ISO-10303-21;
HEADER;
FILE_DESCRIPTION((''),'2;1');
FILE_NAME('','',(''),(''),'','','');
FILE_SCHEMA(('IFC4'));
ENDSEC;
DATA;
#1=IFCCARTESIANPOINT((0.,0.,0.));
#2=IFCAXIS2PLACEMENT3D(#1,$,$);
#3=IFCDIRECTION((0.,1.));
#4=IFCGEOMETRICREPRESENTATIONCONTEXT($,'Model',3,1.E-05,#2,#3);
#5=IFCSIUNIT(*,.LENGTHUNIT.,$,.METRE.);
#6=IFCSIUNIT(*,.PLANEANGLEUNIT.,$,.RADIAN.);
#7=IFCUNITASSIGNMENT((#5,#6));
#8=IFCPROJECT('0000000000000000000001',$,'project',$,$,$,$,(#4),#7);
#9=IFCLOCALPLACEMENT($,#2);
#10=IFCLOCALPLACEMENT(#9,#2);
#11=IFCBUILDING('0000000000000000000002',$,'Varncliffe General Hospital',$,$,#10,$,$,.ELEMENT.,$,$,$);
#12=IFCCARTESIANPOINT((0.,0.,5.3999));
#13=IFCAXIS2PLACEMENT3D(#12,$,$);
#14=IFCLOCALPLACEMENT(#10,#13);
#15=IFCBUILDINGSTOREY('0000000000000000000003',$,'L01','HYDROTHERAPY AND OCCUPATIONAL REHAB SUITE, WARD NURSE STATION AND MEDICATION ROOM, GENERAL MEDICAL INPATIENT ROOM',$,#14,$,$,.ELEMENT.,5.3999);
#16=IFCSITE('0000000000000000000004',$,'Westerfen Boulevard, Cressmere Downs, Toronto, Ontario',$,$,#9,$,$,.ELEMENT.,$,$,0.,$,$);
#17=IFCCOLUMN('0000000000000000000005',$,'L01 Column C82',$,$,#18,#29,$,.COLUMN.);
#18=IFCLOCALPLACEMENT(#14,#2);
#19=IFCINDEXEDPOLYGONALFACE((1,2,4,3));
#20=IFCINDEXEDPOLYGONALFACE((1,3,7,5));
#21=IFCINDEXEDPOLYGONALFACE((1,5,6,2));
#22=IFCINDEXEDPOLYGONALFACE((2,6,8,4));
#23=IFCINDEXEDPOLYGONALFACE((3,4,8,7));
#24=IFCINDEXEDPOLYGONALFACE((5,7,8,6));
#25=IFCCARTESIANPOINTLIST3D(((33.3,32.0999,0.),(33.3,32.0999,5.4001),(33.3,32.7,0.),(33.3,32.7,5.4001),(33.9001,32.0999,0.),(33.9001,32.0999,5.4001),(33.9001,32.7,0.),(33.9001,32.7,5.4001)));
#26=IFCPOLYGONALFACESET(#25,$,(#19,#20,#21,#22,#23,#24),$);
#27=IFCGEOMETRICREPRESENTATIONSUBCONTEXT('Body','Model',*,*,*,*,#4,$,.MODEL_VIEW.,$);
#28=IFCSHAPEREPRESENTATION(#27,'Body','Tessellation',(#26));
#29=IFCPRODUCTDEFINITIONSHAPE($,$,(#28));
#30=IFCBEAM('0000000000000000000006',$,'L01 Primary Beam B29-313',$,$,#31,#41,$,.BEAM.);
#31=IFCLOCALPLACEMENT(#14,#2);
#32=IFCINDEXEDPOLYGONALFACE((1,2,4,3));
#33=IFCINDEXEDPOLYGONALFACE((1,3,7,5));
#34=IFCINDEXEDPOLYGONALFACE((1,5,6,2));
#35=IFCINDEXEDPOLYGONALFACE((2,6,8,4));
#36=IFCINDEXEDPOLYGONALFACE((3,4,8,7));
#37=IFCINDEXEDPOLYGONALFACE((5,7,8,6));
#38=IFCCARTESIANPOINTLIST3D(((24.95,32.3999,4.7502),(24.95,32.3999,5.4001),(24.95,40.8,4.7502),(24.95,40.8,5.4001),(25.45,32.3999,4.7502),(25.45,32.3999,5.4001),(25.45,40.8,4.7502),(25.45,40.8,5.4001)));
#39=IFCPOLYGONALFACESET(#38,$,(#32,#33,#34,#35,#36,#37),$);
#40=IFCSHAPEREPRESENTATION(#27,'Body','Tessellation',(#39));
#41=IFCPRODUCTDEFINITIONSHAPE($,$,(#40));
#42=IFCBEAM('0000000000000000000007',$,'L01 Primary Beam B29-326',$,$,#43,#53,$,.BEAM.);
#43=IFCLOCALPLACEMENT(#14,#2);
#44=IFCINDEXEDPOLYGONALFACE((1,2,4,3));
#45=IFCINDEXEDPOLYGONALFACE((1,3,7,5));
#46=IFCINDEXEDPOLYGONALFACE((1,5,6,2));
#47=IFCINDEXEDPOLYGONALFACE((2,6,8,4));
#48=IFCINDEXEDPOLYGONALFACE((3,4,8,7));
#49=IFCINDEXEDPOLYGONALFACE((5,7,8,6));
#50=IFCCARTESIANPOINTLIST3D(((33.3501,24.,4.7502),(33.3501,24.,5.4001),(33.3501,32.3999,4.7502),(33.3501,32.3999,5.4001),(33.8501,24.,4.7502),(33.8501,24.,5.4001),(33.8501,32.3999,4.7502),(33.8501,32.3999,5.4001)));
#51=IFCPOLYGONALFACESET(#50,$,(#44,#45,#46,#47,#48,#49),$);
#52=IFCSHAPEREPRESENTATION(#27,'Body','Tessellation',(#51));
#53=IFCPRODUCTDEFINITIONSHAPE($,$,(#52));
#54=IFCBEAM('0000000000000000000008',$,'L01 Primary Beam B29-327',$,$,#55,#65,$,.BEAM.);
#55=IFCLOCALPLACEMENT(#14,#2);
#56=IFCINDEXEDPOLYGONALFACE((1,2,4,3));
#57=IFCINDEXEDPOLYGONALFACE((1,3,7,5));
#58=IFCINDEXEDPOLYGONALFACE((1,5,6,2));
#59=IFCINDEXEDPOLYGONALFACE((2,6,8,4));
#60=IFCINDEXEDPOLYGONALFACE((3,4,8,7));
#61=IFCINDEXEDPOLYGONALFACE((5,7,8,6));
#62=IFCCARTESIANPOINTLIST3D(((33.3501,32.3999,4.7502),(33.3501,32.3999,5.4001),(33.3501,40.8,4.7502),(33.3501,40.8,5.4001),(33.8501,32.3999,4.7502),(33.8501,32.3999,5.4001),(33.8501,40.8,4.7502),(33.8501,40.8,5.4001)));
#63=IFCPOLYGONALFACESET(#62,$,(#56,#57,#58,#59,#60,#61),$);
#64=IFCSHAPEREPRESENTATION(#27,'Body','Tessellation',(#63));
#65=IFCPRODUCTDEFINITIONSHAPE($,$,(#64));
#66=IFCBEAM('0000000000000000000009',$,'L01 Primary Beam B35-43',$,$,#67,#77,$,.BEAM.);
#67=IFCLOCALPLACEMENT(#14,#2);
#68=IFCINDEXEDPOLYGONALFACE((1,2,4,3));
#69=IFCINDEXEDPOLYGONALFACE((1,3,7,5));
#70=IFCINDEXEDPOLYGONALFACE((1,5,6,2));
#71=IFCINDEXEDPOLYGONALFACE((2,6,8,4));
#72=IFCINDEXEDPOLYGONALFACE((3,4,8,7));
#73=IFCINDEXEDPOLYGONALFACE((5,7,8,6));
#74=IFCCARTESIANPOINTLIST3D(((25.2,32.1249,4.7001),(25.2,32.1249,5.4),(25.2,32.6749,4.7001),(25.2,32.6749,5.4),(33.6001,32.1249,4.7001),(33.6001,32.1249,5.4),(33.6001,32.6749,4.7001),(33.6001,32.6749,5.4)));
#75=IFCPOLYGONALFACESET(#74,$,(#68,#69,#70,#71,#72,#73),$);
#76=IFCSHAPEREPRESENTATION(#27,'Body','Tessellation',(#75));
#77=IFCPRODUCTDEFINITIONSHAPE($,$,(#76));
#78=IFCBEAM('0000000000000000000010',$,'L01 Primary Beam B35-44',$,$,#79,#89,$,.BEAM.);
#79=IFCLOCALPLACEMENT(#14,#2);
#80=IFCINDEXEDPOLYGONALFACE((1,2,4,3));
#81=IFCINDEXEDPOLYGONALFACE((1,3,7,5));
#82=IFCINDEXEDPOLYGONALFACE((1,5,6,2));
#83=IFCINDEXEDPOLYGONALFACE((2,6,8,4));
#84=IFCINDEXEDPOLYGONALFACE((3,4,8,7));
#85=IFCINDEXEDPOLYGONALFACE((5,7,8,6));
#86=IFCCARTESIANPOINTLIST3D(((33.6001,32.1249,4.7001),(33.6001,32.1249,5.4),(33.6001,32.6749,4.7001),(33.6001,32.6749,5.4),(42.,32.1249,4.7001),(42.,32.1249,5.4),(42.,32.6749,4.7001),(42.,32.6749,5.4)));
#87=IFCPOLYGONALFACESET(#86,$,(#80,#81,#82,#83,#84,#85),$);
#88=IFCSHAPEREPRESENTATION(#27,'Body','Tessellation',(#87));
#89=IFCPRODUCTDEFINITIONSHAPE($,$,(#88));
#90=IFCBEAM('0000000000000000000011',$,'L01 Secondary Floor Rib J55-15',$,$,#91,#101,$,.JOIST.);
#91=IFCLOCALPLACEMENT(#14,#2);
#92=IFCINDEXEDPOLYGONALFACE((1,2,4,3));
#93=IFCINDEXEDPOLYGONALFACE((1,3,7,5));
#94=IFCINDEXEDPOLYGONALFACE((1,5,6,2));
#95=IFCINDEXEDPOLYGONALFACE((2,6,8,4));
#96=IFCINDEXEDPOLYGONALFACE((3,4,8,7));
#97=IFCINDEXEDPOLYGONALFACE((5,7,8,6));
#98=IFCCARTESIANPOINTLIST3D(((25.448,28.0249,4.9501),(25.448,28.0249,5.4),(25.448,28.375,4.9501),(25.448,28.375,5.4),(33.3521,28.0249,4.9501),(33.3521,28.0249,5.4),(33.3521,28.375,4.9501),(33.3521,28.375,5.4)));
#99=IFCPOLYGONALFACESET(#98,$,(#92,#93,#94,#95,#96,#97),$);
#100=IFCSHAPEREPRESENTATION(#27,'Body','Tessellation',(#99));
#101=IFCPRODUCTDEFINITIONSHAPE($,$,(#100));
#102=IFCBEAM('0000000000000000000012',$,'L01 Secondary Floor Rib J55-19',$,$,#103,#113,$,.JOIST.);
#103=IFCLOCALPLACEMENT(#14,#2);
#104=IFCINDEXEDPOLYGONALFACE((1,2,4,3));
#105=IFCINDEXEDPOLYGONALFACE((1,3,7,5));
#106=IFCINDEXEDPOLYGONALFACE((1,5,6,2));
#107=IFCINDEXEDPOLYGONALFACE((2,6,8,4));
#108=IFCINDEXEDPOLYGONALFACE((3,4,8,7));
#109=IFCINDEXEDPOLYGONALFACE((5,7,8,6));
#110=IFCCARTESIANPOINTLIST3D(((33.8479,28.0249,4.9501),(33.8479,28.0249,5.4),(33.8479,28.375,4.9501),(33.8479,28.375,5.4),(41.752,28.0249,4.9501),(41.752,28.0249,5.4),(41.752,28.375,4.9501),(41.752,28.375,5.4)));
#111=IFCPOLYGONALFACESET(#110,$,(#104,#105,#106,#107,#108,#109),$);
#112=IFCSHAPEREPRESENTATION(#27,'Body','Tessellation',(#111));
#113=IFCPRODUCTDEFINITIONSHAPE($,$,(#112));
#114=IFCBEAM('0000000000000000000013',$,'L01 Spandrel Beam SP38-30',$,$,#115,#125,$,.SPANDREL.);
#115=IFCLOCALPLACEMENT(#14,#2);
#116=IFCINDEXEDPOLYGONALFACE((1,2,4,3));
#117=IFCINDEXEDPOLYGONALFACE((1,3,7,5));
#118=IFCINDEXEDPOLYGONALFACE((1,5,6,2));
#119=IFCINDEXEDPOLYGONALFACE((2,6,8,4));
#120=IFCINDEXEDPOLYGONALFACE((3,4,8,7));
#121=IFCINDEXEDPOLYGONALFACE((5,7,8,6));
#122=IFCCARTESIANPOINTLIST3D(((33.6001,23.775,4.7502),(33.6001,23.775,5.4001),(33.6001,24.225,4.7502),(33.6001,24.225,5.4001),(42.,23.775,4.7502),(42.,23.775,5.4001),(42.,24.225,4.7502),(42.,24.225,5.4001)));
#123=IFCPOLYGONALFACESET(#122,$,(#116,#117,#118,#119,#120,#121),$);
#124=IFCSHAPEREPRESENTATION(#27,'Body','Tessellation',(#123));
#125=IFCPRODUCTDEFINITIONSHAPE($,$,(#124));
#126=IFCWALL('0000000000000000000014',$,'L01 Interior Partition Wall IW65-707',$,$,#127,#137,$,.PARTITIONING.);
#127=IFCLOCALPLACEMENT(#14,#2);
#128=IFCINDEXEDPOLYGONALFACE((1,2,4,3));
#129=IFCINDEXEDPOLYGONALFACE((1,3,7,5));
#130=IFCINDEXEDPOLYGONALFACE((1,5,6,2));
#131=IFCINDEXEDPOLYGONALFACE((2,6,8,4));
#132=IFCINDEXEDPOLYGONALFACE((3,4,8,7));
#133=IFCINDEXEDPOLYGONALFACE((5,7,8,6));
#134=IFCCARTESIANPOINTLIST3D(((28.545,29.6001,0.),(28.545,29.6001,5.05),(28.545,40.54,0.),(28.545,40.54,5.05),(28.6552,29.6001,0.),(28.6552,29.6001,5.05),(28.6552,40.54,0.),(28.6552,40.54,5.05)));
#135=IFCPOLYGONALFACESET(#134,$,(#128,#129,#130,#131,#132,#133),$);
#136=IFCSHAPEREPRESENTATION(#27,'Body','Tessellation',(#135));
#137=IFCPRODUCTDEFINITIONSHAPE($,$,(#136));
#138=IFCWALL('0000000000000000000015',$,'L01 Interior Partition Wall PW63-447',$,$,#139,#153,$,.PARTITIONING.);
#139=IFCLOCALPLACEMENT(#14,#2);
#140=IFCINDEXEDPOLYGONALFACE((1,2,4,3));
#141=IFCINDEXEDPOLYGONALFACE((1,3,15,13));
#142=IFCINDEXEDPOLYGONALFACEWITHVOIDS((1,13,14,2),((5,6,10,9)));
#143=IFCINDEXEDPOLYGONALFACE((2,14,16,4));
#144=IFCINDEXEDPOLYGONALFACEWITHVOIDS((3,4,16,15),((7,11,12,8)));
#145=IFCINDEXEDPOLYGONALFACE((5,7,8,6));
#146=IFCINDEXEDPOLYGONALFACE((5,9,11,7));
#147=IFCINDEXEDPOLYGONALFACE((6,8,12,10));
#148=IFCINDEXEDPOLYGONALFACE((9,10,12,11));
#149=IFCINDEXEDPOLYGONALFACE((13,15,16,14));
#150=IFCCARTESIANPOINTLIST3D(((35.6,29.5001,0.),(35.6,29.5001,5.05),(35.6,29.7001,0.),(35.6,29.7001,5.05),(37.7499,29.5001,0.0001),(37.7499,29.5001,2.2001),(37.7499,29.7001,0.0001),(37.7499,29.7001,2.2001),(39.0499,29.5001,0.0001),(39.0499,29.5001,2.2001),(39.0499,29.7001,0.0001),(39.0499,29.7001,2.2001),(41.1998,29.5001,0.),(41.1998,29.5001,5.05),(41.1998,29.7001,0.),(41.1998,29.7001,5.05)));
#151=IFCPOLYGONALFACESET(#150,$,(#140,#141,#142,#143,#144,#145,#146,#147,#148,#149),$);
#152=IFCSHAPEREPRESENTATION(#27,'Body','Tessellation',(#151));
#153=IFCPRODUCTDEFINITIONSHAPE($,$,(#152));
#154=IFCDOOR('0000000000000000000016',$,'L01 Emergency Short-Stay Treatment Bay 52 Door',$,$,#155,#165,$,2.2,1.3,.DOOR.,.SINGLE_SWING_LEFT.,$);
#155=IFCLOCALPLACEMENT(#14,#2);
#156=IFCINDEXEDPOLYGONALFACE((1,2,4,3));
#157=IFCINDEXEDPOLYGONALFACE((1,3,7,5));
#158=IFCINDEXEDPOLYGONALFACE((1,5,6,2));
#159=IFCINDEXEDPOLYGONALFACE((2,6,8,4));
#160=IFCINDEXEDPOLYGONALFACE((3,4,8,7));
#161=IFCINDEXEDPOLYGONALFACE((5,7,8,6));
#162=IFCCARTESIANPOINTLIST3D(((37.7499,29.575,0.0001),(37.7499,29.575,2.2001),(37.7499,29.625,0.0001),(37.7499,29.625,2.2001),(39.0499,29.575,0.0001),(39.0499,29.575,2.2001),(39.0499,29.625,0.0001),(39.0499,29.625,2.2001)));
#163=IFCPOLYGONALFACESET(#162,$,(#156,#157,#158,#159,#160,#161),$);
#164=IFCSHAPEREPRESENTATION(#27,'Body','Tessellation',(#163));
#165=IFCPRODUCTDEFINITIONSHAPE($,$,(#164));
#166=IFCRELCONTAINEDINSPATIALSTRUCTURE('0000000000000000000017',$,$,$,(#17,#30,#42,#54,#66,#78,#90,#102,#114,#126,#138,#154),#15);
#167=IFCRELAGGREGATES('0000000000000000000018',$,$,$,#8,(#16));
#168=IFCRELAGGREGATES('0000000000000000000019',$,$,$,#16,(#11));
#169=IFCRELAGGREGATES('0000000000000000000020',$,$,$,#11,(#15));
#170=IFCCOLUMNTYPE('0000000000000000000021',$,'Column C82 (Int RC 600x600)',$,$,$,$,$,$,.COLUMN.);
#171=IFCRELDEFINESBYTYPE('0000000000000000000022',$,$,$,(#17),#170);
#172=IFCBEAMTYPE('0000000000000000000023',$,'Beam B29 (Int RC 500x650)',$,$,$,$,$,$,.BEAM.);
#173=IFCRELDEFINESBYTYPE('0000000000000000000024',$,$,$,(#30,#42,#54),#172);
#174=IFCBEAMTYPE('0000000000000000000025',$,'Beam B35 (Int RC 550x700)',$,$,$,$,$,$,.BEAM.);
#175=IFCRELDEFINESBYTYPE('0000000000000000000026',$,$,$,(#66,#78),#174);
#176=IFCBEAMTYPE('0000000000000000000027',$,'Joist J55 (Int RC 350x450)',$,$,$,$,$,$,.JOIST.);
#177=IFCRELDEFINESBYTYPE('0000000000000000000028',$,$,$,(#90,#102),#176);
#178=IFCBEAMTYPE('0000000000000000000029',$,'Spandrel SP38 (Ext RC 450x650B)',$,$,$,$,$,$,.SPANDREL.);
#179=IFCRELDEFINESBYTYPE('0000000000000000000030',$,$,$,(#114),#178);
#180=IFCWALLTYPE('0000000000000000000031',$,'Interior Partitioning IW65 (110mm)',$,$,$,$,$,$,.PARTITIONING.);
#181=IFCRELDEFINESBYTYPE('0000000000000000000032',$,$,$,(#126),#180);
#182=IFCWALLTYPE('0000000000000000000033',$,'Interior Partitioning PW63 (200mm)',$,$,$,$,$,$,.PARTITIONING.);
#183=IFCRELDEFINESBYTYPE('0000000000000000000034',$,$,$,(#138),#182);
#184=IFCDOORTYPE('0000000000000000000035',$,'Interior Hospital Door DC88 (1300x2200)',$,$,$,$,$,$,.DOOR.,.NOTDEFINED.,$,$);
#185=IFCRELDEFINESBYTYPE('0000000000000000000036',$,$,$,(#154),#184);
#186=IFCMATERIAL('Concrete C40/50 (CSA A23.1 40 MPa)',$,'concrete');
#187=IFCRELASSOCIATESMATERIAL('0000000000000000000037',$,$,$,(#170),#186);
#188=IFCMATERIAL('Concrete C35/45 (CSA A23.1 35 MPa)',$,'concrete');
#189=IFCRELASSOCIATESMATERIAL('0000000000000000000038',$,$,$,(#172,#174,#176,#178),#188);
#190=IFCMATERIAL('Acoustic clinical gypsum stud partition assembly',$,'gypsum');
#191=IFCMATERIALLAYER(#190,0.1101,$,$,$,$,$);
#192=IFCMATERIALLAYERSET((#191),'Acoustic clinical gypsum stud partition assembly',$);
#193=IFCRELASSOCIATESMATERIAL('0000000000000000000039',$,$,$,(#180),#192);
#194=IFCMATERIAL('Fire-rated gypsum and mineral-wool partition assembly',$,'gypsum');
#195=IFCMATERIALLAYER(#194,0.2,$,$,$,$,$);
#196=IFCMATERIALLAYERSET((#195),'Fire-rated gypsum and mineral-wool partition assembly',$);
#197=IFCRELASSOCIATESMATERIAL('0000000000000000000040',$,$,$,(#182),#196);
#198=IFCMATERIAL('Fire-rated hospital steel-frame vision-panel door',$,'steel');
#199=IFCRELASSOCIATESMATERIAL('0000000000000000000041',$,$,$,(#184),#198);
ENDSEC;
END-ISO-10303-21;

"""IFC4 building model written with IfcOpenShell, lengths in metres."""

from ifc_helpers import new_model, si_unit, direction, frame, frame_2d, origin, origin_2d, place, context, subcontext, project, spatial, rectangle, extrude, material, layer, layer_set, material_profile, profile_set, type_object, element, fill, save


model = new_model("IFC4")

# Units and contexts
model_context = context("Model", 3, precision=1e-05, world=origin(), true_north=direction((0.0, 1.0)))
body_context = subcontext(model_context, "Body", "Model", "MODEL_VIEW")
ifc_project = project(units=[si_unit("LENGTHUNIT", "METRE"), si_unit("PLANEANGLEUNIT", "RADIAN")], contexts=[model_context])

# Site, building, storey
site_placement = place(None, origin())
site = spatial("IfcSite", under=ifc_project, at=site_placement, Name="Westerfen Boulevard, Cressmere Downs, Toronto, Ontario", CompositionType="ELEMENT", RefElevation=0.0)
building_placement = place(site_placement, origin())
building = spatial("IfcBuilding", under=site, at=building_placement, Name="Varncliffe General Hospital", CompositionType="ELEMENT")
storey_placement = place(building_placement, frame((0.0, 0.0, 5.3999)))
storey = spatial("IfcBuildingStorey", under=building, at=storey_placement, Name="L01", Description="HYDROTHERAPY AND OCCUPATIONAL REHAB SUITE, WARD NURSE STATION AND MEDICATION ROOM, GENERAL MEDICAL INPATIENT ROOM", CompositionType="ELEMENT", Elevation=5.3999)

# Column
ifc_material_1 = material(Name="Concrete C40/50 (CSA A23.1 40 MPa)", Category="concrete")
ifc_material_profile_1 = material_profile(ifc_material_1, rectangle(XDim=0.6001, YDim=0.6001, at=origin_2d()), Name="RC 600x600")
ifc_profile_set_1 = profile_set([ifc_material_profile_1], Name="Concrete C40/50 (CSA A23.1 40 MPa)")
column_type = type_object("IfcColumnType", Name="Column C82 (Int RC 600x600)", PredefinedType="COLUMN", material=ifc_profile_set_1)
column_placement = place(storey_placement, frame((33.6001, 32.3999, 0.0), z_axis=(0.0, 0.0, 1.0), x_axis=(1.0, 0.0, 0.0)))
element("IfcColumn", 1, at=column_placement, inside=storey, type_object=column_type, Name="L01 Column C82", PredefinedType="COLUMN", context=body_context, shape_type="SweptSolid", body=[
    extrude(rectangle(XDim=0.6001, YDim=0.6001, at=origin_2d()), origin(), (0.0, 0.0, 1.0), 5.4001),
])

# Beams
ifc_material_2 = material(Name="Concrete C35/45 (CSA A23.1 35 MPa)", Category="concrete")
ifc_material_profile_2 = material_profile(ifc_material_2, rectangle(XDim=0.5, YDim=0.6499, at=origin_2d()), Name="RC 500x650")
ifc_profile_set_2 = profile_set([ifc_material_profile_2], Name="Concrete C35/45 (CSA A23.1 35 MPa)")
beam_type_1 = type_object("IfcBeamType", Name="Beam B29 (Int RC 500x650)", PredefinedType="BEAM", material=ifc_profile_set_2)
beam_1_placement = place(storey_placement, frame((25.2, 32.3999, 5.0752), z_axis=(0.0, 1.0, 0.0), x_axis=(-1.0, 0.0, 0.0)))
element("IfcBeam", 2, at=beam_1_placement, inside=storey, type_object=beam_type_1, Name="L01 Primary Beam B29-313", PredefinedType="BEAM", context=body_context, shape_type="SweptSolid", body=[
    extrude(rectangle(XDim=0.5, YDim=0.6499, at=origin_2d()), origin(), (0.0, 0.0, 1.0), 8.4001),
])
beam_2_placement = place(storey_placement, frame((33.6001, 24.0, 5.0752), z_axis=(0.0, 1.0, 0.0), x_axis=(-1.0, 0.0, 0.0)))
element("IfcBeam", 3, at=beam_2_placement, inside=storey, type_object=beam_type_1, Name="L01 Primary Beam B29-326", PredefinedType="BEAM", context=body_context, shape_type="SweptSolid", body=[
    extrude(rectangle(XDim=0.5, YDim=0.6499, at=origin_2d()), origin(), (0.0, 0.0, 1.0), 8.3999),
])
beam_3_placement = place(storey_placement, frame((33.6001, 32.3999, 5.0752), z_axis=(0.0, 1.0, 0.0), x_axis=(-1.0, 0.0, 0.0)))
element("IfcBeam", 4, at=beam_3_placement, inside=storey, type_object=beam_type_1, Name="L01 Primary Beam B29-327", PredefinedType="BEAM", context=body_context, shape_type="SweptSolid", body=[
    extrude(rectangle(XDim=0.5, YDim=0.6499, at=origin_2d()), origin(), (0.0, 0.0, 1.0), 8.4001),
])
ifc_material_profile_3 = material_profile(ifc_material_2, rectangle(XDim=0.55, YDim=0.7, at=origin_2d()), Name="RC 550x700")
ifc_profile_set_3 = profile_set([ifc_material_profile_3], Name="Concrete C35/45 (CSA A23.1 35 MPa)")
beam_type_2 = type_object("IfcBeamType", Name="Beam B35 (Int RC 550x700)", PredefinedType="BEAM", material=ifc_profile_set_3)
beam_4_placement = place(storey_placement, frame((25.2, 32.3999, 5.05), z_axis=(1.0, 0.0, 0.0), x_axis=(0.0, 1.0, 0.0)))
element("IfcBeam", 5, at=beam_4_placement, inside=storey, type_object=beam_type_2, Name="L01 Primary Beam B35-43", PredefinedType="BEAM", context=body_context, shape_type="SweptSolid", body=[
    extrude(rectangle(XDim=0.55, YDim=0.7, at=origin_2d()), origin(), (0.0, 0.0, 1.0), 8.4001),
])
beam_5_placement = place(storey_placement, frame((33.6001, 32.3999, 5.05), z_axis=(1.0, 0.0, 0.0), x_axis=(0.0, 1.0, 0.0)))
element("IfcBeam", 6, at=beam_5_placement, inside=storey, type_object=beam_type_2, Name="L01 Primary Beam B35-44", PredefinedType="BEAM", context=body_context, shape_type="SweptSolid", body=[
    extrude(rectangle(XDim=0.55, YDim=0.7, at=origin_2d()), origin(), (0.0, 0.0, 1.0), 8.3999),
])
ifc_material_profile_4 = material_profile(ifc_material_2, rectangle(XDim=0.3501, YDim=0.45, at=origin_2d()), Name="RC 350x450")
ifc_profile_set_4 = profile_set([ifc_material_profile_4], Name="Concrete C35/45 (CSA A23.1 35 MPa)")
beam_type_3 = type_object("IfcBeamType", Name="Joist J55 (Int RC 350x450)", PredefinedType="JOIST", material=ifc_profile_set_4)
for number, where, z_axis, x_axis, name in (
    (7, (25.448, 28.2, 5.175), (1.0, 0.0, 0.0), (0.0, 1.0, 0.0), "L01 Secondary Floor Rib J55-15"),
    (8, (33.8479, 28.2, 5.175), (1.0, 0.0, 0.0), (0.0, 1.0, 0.0), "L01 Secondary Floor Rib J55-19"),
):
    element("IfcBeam", number, at=place(storey_placement, frame(where, z_axis=z_axis, x_axis=x_axis)), inside=storey, type_object=beam_type_3, Name=name, PredefinedType="JOIST", context=body_context, shape_type="SweptSolid", body=[
        extrude(rectangle(XDim=0.3501, YDim=0.45, at=origin_2d()), origin(), (0.0, 0.0, 1.0), 7.9041),
    ])
ifc_material_profile_5 = material_profile(ifc_material_2, rectangle(XDim=0.45, YDim=0.6499, at=origin_2d()), Name="RC 450x650")
ifc_profile_set_5 = profile_set([ifc_material_profile_5], Name="Concrete C35/45 (CSA A23.1 35 MPa)")
beam_type_4 = type_object("IfcBeamType", Name="Spandrel SP38 (Ext RC 450x650B)", PredefinedType="SPANDREL", material=ifc_profile_set_5)
beam_6_placement = place(storey_placement, frame((33.6001, 24.0, 5.0752), z_axis=(1.0, 0.0, 0.0), x_axis=(0.0, 1.0, 0.0)))
element("IfcBeam", 9, at=beam_6_placement, inside=storey, type_object=beam_type_4, Name="L01 Spandrel Beam SP38-30", PredefinedType="SPANDREL", context=body_context, shape_type="SweptSolid", body=[
    extrude(rectangle(XDim=0.45, YDim=0.6499, at=origin_2d()), origin(), (0.0, 0.0, 1.0), 8.3999),
])

# Wall
ifc_material_3 = material(Name="Acoustic clinical gypsum stud partition assembly", Category="gypsum")
ifc_layer_1 = layer(ifc_material_3, 0.1101)
ifc_layer_set_1 = layer_set([ifc_layer_1], Name="Acoustic clinical gypsum stud partition assembly")
wall_type_1 = type_object("IfcWallType", Name="Interior Partitioning IW65 (110mm)", PredefinedType="PARTITIONING", material=ifc_layer_set_1)
wall_1_placement = place(storey_placement, frame((28.6001, 29.6001, 0.0), z_axis=(0.0, 0.0, 1.0), x_axis=(0.0, 1.0, 0.0)))
element("IfcWall", 10, at=wall_1_placement, inside=storey, type_object=wall_type_1, Name="L01 Interior Partition Wall IW65-707", PredefinedType="PARTITIONING", context=body_context, shape_type="SweptSolid", body=[
    extrude(rectangle(XDim=10.9399, YDim=0.1101, at=frame_2d((5.47, 0.0))), origin(), (0.0, 0.0, 1.0), 5.05),
])

# Wall, opening, door
ifc_material_4 = material(Name="Fire-rated gypsum and mineral-wool partition assembly", Category="gypsum")
ifc_layer_2 = layer(ifc_material_4, 0.2)
ifc_layer_set_2 = layer_set([ifc_layer_2], Name="Fire-rated gypsum and mineral-wool partition assembly")
wall_type_2 = type_object("IfcWallType", Name="Interior Partitioning PW63 (200mm)", PredefinedType="PARTITIONING", material=ifc_layer_set_2)
ifc_material_5 = material(Name="Fire-rated hospital steel-frame vision-panel door", Category="steel")
wall_2_placement = place(storey_placement, frame((35.6001, 29.6001, 0.0), z_axis=(0.0, 0.0, 1.0), x_axis=(1.0, 0.0, 0.0)))
wall_2 = element("IfcWall", 11, at=wall_2_placement, inside=storey, type_object=wall_type_2, Name="L01 Interior Partition Wall PW63-447", PredefinedType="PARTITIONING", context=body_context, shape_type="SweptSolid", body=[
    extrude(rectangle(XDim=5.5999, YDim=0.2, at=frame_2d((2.7998, 0.0))), origin(), (0.0, 0.0, 1.0), 5.05),
])
opening_1_placement = place(wall_2_placement, frame((2.1499, 0.0, 0.0)))
opening_1 = element("IfcOpeningElement", 12, at=opening_1_placement, cuts=wall_2, PredefinedType="OPENING", context=body_context, shape_type="SweptSolid", body=[
    extrude(rectangle(XDim=1.3, YDim=2.2, at=frame_2d((0.6499, 1.1001))), frame((0.0, 0.1099, 0.0), z_axis=(0.0, -1.0, 0.0), x_axis=(1.0, 0.0, 0.0)), (0.0, 0.0, 1.0), 0.22),
])
door_type_1 = type_object("IfcDoorType", Name="Interior Hospital Door DC88 (1300x2200)", OperationType="NOTDEFINED", PredefinedType="DOOR", material=ifc_material_5)
door_1_placement = place(opening_1_placement, origin())
door_1 = element("IfcDoor", 13, at=door_1_placement, inside=storey, type_object=door_type_1, Name="L01 Emergency Short-Stay Treatment Bay 52 Door", OperationType="SINGLE_SWING_LEFT", OverallHeight=2.2, OverallWidth=1.3, PredefinedType="DOOR", context=body_context, shape_type="SweptSolid", body=[
    extrude(rectangle(XDim=1.3, YDim=2.2, at=frame_2d((0.6499, 1.1001))), frame((0.0, 0.0249, 0.0), z_axis=(0.0, -1.0, 0.0), x_axis=(1.0, 0.0, 0.0)), (0.0, 0.0, 1.0), 0.05),
])
fill(opening_1, door_1)

save(model, "model.ifc")
